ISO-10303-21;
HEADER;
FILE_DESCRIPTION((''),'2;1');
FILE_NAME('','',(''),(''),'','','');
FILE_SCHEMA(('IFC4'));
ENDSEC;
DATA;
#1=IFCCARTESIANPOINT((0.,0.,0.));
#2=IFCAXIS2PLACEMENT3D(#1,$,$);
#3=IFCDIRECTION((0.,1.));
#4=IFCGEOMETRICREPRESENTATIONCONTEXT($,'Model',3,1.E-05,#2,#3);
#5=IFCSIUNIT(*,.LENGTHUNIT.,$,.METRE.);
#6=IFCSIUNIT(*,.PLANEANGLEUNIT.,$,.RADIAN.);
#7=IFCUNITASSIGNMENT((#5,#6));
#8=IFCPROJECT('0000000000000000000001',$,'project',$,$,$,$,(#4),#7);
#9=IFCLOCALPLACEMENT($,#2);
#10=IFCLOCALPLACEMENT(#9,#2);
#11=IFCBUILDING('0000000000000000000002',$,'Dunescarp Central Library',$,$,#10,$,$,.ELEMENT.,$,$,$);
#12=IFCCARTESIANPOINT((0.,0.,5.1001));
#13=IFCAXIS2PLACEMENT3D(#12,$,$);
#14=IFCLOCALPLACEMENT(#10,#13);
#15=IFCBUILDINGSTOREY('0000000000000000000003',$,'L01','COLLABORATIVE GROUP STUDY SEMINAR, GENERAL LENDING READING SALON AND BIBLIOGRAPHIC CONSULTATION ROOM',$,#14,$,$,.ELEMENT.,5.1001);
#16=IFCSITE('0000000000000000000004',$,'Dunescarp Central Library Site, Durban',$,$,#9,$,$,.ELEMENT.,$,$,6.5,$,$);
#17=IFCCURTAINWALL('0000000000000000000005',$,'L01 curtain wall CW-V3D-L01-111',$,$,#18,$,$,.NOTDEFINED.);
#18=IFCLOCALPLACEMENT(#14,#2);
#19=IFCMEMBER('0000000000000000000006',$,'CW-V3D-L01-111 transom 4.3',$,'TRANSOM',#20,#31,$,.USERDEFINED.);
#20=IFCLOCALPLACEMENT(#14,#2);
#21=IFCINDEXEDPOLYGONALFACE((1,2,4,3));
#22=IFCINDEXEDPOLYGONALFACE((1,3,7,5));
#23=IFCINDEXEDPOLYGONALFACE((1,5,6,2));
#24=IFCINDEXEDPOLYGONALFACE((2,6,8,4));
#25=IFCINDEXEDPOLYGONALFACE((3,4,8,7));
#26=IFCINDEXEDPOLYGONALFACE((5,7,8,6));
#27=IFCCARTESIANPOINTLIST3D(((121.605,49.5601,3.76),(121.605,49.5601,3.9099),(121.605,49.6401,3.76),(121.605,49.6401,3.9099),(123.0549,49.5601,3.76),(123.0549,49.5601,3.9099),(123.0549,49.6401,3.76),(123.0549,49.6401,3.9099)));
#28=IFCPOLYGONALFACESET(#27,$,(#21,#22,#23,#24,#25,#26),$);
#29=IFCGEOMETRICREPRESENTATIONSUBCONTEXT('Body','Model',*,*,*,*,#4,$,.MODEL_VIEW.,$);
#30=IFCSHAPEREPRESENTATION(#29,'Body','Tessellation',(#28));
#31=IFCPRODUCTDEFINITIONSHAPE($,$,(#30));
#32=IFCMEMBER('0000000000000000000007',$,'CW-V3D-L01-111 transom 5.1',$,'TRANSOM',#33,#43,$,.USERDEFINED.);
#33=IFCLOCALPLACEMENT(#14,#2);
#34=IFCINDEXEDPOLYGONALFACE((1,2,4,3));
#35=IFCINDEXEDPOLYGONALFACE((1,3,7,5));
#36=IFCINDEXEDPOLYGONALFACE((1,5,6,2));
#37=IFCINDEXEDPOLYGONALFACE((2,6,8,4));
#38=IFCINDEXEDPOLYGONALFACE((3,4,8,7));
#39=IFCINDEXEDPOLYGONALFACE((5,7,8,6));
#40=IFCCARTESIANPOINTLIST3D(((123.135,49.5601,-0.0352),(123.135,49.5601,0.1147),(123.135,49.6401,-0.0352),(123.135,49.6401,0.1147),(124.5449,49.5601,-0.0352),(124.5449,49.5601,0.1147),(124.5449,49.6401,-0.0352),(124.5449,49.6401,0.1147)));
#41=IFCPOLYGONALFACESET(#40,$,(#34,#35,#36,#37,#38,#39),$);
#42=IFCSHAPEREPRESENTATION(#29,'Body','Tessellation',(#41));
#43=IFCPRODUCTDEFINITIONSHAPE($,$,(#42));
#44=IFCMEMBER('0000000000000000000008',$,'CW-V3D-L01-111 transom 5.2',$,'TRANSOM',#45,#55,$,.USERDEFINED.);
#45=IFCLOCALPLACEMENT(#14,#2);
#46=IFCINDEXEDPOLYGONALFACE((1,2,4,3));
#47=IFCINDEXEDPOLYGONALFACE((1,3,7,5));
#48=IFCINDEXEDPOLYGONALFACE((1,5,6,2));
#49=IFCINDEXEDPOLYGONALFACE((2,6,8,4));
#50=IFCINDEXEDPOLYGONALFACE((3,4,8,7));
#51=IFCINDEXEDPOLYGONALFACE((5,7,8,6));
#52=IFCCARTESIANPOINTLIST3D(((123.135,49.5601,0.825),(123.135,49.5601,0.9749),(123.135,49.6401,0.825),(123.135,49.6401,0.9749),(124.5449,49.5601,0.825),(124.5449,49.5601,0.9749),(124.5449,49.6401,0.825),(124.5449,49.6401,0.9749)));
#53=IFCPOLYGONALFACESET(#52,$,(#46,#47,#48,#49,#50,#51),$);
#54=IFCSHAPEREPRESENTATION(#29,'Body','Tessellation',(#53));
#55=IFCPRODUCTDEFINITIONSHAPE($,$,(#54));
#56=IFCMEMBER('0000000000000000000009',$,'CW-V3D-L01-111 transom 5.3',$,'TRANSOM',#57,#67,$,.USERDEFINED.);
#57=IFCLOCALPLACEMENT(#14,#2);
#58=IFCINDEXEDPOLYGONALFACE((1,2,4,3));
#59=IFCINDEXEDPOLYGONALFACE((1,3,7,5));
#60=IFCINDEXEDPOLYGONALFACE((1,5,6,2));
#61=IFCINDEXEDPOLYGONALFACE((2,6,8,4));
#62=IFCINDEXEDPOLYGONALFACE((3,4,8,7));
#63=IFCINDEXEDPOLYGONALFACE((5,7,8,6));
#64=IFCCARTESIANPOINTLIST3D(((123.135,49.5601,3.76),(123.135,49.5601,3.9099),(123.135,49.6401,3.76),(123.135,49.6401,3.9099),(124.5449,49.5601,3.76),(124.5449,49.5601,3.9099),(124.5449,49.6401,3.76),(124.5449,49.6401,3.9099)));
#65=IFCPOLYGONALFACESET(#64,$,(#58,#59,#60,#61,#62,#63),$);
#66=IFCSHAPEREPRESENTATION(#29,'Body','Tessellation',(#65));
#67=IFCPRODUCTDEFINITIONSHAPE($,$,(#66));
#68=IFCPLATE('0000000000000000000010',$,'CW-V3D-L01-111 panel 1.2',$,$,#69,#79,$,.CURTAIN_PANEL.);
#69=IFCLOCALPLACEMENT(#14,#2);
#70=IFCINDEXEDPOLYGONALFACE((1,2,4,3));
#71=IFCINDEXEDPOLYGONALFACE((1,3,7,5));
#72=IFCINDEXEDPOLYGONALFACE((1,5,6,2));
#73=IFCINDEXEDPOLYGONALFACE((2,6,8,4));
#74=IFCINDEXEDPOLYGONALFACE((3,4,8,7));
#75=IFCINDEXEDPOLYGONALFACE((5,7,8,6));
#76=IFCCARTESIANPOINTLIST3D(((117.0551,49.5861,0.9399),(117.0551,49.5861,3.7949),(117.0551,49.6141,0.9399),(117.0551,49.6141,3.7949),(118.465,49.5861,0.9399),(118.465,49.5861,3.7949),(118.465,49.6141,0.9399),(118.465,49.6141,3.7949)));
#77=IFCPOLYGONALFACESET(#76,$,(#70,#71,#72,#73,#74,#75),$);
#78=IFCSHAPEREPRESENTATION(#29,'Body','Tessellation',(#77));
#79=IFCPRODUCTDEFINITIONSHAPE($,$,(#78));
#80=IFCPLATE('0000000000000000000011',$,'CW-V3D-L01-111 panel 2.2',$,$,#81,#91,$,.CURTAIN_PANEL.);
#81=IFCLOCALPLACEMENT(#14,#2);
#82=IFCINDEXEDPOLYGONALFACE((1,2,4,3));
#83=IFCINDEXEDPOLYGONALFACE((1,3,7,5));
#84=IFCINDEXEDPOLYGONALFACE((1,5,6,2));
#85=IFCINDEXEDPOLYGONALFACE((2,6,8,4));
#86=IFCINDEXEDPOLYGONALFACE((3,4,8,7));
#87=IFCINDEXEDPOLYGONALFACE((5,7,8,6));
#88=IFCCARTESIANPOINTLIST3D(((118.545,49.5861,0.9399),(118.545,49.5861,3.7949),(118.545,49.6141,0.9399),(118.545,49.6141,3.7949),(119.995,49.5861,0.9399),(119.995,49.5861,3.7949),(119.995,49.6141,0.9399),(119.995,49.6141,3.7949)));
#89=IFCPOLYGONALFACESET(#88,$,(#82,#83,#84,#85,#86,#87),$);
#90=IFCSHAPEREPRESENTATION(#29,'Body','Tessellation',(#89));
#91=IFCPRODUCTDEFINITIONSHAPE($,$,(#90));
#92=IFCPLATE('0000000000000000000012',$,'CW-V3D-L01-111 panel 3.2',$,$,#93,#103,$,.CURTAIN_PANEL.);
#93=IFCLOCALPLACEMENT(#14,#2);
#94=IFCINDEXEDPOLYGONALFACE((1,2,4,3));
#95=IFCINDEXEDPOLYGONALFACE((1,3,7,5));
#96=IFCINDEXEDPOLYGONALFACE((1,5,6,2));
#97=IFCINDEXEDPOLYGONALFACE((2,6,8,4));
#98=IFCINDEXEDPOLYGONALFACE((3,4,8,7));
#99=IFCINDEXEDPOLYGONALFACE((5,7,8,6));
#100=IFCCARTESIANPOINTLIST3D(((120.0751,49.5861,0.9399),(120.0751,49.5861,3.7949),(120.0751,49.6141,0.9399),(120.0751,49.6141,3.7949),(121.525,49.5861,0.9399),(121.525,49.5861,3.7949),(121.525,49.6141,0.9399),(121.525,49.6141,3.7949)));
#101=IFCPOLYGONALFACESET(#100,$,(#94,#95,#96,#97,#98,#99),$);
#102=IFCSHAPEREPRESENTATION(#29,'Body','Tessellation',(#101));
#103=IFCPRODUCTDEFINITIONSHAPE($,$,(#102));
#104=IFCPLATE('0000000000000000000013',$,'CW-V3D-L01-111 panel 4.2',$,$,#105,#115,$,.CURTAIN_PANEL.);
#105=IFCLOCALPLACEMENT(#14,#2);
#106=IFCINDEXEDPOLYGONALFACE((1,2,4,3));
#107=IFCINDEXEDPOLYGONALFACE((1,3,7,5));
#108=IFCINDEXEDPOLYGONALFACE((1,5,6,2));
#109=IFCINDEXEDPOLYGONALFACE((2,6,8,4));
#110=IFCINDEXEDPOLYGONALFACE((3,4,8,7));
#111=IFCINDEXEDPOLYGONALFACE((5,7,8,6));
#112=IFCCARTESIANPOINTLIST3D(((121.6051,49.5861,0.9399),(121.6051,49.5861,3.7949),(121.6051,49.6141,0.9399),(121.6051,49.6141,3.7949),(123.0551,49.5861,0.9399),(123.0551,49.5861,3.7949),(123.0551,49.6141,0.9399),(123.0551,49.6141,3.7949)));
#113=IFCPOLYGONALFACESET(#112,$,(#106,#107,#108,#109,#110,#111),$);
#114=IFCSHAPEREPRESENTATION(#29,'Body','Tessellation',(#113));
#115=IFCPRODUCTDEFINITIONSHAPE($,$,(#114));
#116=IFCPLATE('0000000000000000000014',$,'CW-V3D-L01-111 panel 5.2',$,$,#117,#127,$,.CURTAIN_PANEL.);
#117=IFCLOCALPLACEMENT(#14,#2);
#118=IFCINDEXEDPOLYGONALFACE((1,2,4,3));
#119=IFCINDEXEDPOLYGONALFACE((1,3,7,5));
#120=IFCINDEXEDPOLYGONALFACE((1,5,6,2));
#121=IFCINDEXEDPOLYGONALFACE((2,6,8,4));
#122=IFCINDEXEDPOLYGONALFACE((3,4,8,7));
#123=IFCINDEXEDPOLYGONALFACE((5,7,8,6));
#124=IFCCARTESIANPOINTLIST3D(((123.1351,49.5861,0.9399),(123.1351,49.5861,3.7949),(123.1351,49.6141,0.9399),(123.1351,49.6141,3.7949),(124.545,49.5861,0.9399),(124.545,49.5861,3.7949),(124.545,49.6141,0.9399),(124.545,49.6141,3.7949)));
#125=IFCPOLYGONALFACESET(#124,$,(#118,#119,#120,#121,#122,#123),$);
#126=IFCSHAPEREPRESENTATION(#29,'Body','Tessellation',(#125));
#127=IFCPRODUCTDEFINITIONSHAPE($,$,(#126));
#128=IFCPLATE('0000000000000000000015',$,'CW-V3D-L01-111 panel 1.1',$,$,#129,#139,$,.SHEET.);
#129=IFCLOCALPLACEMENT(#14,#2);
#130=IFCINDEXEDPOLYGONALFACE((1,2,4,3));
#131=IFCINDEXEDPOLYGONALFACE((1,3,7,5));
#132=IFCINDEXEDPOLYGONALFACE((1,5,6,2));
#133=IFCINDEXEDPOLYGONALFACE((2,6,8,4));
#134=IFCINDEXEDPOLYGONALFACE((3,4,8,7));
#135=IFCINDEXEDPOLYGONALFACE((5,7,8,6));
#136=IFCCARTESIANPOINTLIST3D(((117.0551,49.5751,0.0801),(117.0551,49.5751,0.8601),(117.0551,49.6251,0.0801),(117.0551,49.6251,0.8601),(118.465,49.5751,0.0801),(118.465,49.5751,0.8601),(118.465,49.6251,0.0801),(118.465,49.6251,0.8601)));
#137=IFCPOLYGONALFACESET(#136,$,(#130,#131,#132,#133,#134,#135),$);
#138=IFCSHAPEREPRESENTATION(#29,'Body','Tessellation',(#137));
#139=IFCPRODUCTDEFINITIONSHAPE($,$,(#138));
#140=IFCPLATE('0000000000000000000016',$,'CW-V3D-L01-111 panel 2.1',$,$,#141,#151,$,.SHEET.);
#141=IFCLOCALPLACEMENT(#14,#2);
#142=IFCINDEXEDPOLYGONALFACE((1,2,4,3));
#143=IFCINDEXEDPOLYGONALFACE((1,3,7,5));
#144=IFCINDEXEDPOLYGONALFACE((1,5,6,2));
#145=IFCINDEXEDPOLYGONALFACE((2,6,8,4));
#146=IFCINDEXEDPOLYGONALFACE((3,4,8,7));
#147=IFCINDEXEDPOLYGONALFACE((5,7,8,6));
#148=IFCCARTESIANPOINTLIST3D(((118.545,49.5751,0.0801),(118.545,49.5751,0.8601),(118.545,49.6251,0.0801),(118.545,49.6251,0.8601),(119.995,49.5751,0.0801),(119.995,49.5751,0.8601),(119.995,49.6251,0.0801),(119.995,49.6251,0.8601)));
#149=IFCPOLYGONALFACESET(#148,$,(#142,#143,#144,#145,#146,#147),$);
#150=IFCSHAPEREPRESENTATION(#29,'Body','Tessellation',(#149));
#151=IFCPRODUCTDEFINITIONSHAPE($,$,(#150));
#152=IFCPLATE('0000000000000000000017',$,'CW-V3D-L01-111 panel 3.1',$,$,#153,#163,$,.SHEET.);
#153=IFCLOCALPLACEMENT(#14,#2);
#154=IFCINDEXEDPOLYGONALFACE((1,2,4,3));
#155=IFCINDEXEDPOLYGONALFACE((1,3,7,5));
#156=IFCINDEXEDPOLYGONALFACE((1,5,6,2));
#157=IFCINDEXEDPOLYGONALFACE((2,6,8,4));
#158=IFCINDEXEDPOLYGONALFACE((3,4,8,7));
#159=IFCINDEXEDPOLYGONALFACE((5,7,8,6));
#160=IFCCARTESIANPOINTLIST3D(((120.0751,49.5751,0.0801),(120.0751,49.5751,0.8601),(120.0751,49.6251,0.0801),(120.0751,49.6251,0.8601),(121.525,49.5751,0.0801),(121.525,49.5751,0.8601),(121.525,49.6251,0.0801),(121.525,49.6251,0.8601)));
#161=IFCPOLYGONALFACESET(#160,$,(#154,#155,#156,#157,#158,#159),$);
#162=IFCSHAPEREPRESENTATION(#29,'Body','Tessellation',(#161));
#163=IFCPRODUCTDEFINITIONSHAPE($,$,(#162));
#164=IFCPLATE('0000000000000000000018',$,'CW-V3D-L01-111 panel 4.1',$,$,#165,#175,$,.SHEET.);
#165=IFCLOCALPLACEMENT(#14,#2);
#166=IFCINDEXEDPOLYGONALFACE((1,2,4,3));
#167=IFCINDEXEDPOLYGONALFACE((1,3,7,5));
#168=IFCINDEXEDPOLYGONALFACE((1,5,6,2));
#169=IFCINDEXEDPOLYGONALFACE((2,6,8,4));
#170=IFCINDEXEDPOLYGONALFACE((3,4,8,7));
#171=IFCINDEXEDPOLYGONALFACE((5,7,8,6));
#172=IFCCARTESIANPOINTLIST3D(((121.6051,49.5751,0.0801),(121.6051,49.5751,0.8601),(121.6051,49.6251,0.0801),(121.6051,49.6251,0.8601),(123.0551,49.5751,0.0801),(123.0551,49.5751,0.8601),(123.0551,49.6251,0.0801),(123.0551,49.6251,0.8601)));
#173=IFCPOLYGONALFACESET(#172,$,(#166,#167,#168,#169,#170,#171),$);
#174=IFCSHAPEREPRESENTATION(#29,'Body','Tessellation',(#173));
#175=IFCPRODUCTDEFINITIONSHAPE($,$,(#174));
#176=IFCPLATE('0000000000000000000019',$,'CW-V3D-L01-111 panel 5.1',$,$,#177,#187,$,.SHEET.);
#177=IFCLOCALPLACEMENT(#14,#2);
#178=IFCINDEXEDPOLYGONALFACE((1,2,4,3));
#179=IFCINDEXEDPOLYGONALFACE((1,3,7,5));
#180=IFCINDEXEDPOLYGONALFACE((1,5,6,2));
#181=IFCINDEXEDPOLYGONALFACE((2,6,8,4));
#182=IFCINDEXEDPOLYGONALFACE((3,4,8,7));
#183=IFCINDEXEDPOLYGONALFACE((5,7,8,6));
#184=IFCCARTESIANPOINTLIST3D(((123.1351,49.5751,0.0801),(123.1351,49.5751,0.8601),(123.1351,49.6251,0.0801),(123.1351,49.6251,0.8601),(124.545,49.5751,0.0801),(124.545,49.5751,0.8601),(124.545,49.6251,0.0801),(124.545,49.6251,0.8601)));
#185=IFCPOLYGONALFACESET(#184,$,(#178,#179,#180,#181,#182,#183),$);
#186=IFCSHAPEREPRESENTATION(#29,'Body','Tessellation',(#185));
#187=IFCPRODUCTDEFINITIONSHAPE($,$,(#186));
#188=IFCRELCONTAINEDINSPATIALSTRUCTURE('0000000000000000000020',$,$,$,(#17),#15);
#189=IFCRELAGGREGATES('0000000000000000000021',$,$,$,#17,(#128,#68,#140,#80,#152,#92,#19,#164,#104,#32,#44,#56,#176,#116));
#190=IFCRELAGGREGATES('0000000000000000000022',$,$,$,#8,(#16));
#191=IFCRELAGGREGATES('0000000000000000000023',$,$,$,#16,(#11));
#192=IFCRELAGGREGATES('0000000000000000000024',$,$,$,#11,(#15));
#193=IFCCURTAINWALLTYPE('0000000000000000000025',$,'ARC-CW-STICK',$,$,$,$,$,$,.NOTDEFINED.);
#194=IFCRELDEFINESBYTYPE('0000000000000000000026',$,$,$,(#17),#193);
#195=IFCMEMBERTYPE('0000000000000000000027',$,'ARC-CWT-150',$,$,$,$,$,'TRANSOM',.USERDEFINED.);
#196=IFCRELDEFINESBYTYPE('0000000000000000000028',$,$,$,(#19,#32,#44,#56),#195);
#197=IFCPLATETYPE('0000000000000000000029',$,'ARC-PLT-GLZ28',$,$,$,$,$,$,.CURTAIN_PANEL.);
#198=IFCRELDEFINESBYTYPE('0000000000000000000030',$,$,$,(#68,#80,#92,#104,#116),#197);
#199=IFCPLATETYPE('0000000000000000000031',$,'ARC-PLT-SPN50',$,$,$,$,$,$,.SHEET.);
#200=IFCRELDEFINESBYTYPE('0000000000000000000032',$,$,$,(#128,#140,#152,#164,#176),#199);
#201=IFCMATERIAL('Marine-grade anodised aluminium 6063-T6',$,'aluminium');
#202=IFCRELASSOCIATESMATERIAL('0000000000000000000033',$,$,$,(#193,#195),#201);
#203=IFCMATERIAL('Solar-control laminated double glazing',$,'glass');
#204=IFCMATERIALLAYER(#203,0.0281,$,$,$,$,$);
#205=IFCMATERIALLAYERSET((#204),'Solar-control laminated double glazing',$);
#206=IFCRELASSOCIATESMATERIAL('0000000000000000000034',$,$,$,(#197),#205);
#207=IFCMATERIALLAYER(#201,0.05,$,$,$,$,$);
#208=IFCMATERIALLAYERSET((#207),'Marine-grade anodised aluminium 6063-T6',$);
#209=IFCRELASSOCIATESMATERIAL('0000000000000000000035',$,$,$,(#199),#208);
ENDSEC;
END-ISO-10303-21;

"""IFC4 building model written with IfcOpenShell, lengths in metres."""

from ifc_helpers import new_model, si_unit, direction, frame, origin, origin_2d, place, context, subcontext, project, spatial, rectangle, extrude, material, layer, layer_set, material_profile, profile_set, type_object, element, aggregate, save


model = new_model("IFC4")

# Units and contexts
model_context = context("Model", 3, precision=1e-05, world=origin(), true_north=direction((0.0, 1.0)))
body_context = subcontext(model_context, "Body", "Model", "MODEL_VIEW")
ifc_project = project(units=[si_unit("LENGTHUNIT", "METRE"), si_unit("PLANEANGLEUNIT", "RADIAN")], contexts=[model_context])

# Site, building, storey
site_placement = place(None, origin())
site = spatial("IfcSite", under=ifc_project, at=site_placement, Name="Dunescarp Central Library Site, Durban", CompositionType="ELEMENT", RefElevation=6.5)
building_placement = place(site_placement, origin())
building = spatial("IfcBuilding", under=site, at=building_placement, Name="Dunescarp Central Library", CompositionType="ELEMENT")
storey_placement = place(building_placement, frame((0.0, 0.0, 5.1001)))
storey = spatial("IfcBuildingStorey", under=building, at=storey_placement, Name="L01", Description="COLLABORATIVE GROUP STUDY SEMINAR, GENERAL LENDING READING SALON AND BIBLIOGRAPHIC CONSULTATION ROOM", CompositionType="ELEMENT", Elevation=5.1001)

# Curtain wall, members, plates
ifc_material_1 = material(Name="Marine-grade anodised aluminium 6063-T6", Category="aluminium")
curtain_wall_type = type_object("IfcCurtainWallType", Name="ARC-CW-STICK", PredefinedType="NOTDEFINED", material=ifc_material_1)
curtain_wall_placement = place(storey_placement, origin())
curtain_wall = element("IfcCurtainWall", 1, at=curtain_wall_placement, inside=storey, type_object=curtain_wall_type, Name="L01 curtain wall CW-V3D-L01-111", PredefinedType="NOTDEFINED")
ifc_material_profile_1 = material_profile(ifc_material_1, rectangle(XDim=0.0801, YDim=0.1499, at=origin_2d()), Name="AL 80x150")
ifc_profile_set_1 = profile_set([ifc_material_profile_1], Name="Marine-grade anodised aluminium 6063-T6")
member_type_1 = type_object("IfcMemberType", Name="ARC-CWT-150", ElementType="TRANSOM", PredefinedType="USERDEFINED", material=ifc_profile_set_1)
member_1_placement = place(storey_placement, frame((121.605, 49.6001, 3.835), z_axis=(1.0, 0.0, 0.0), x_axis=(0.0, 1.0, 0.0)))
member_1 = element("IfcMember", 2, at=member_1_placement, type_object=member_type_1, Name="CW-V3D-L01-111 transom 4.3", ObjectType="TRANSOM", PredefinedType="USERDEFINED", context=body_context, shape_type="SweptSolid", body=[
    extrude(rectangle(XDim=0.0801, YDim=0.1499, at=origin_2d()), origin(), (0.0, 0.0, 1.0), 1.45),
])
member_2_placement = place(storey_placement, frame((123.135, 49.6001, 0.0398), z_axis=(1.0, 0.0, 0.0), x_axis=(0.0, 1.0, 0.0)))
member_2 = element("IfcMember", 3, at=member_2_placement, type_object=member_type_1, Name="CW-V3D-L01-111 transom 5.1", ObjectType="TRANSOM", PredefinedType="USERDEFINED", context=body_context, shape_type="SweptSolid", body=[
    extrude(rectangle(XDim=0.0801, YDim=0.1499, at=origin_2d()), origin(), (0.0, 0.0, 1.0), 1.4099),
])
member_3_placement = place(storey_placement, frame((123.135, 49.6001, 0.8999), z_axis=(1.0, 0.0, 0.0), x_axis=(0.0, 1.0, 0.0)))
member_3 = element("IfcMember", 4, at=member_3_placement, type_object=member_type_1, Name="CW-V3D-L01-111 transom 5.2", ObjectType="TRANSOM", PredefinedType="USERDEFINED", context=body_context, shape_type="SweptSolid", body=[
    extrude(rectangle(XDim=0.0801, YDim=0.1499, at=origin_2d()), origin(), (0.0, 0.0, 1.0), 1.4099),
])
member_4_placement = place(storey_placement, frame((123.135, 49.6001, 3.835), z_axis=(1.0, 0.0, 0.0), x_axis=(0.0, 1.0, 0.0)))
member_4 = element("IfcMember", 5, at=member_4_placement, type_object=member_type_1, Name="CW-V3D-L01-111 transom 5.3", ObjectType="TRANSOM", PredefinedType="USERDEFINED", context=body_context, shape_type="SweptSolid", body=[
    extrude(rectangle(XDim=0.0801, YDim=0.1499, at=origin_2d()), origin(), (0.0, 0.0, 1.0), 1.4099),
])
ifc_material_2 = material(Name="Solar-control laminated double glazing", Category="glass")
ifc_layer_1 = layer(ifc_material_2, 0.0281)
ifc_layer_set_1 = layer_set([ifc_layer_1], Name="Solar-control laminated double glazing")
plate_type_1 = type_object("IfcPlateType", Name="ARC-PLT-GLZ28", PredefinedType="CURTAIN_PANEL", material=ifc_layer_set_1)
plate_1_placement = place(storey_placement, frame((117.76, 49.6001, 0.9399), z_axis=(0.0, 0.0, 1.0), x_axis=(1.0, 0.0, 0.0)))
plate_1 = element("IfcPlate", 6, at=plate_1_placement, type_object=plate_type_1, Name="CW-V3D-L01-111 panel 1.2", PredefinedType="CURTAIN_PANEL", context=body_context, shape_type="SweptSolid", body=[
    extrude(rectangle(XDim=1.4099, YDim=0.0281, at=origin_2d()), origin(), (0.0, 0.0, 1.0), 2.855),
])
plate_2_placement = place(storey_placement, frame((119.27, 49.6001, 0.9399), z_axis=(0.0, 0.0, 1.0), x_axis=(1.0, 0.0, 0.0)))
plate_2 = element("IfcPlate", 7, at=plate_2_placement, type_object=plate_type_1, Name="CW-V3D-L01-111 panel 2.2", PredefinedType="CURTAIN_PANEL", context=body_context, shape_type="SweptSolid", body=[
    extrude(rectangle(XDim=1.45, YDim=0.0281, at=origin_2d()), origin(), (0.0, 0.0, 1.0), 2.855),
])
plate_3_placement = place(storey_placement, frame((120.8, 49.6001, 0.9399), z_axis=(0.0, 0.0, 1.0), x_axis=(1.0, 0.0, 0.0)))
plate_3 = element("IfcPlate", 8, at=plate_3_placement, type_object=plate_type_1, Name="CW-V3D-L01-111 panel 3.2", PredefinedType="CURTAIN_PANEL", context=body_context, shape_type="SweptSolid", body=[
    extrude(rectangle(XDim=1.45, YDim=0.0281, at=origin_2d()), origin(), (0.0, 0.0, 1.0), 2.855),
])
plate_4_placement = place(storey_placement, frame((122.3301, 49.6001, 0.9399), z_axis=(0.0, 0.0, 1.0), x_axis=(1.0, 0.0, 0.0)))
plate_4 = element("IfcPlate", 9, at=plate_4_placement, type_object=plate_type_1, Name="CW-V3D-L01-111 panel 4.2", PredefinedType="CURTAIN_PANEL", context=body_context, shape_type="SweptSolid", body=[
    extrude(rectangle(XDim=1.45, YDim=0.0281, at=origin_2d()), origin(), (0.0, 0.0, 1.0), 2.855),
])
plate_5_placement = place(storey_placement, frame((123.8401, 49.6001, 0.9399), z_axis=(0.0, 0.0, 1.0), x_axis=(1.0, 0.0, 0.0)))
plate_5 = element("IfcPlate", 10, at=plate_5_placement, type_object=plate_type_1, Name="CW-V3D-L01-111 panel 5.2", PredefinedType="CURTAIN_PANEL", context=body_context, shape_type="SweptSolid", body=[
    extrude(rectangle(XDim=1.4099, YDim=0.0281, at=origin_2d()), origin(), (0.0, 0.0, 1.0), 2.855),
])
ifc_layer_2 = layer(ifc_material_1, 0.05)
ifc_layer_set_2 = layer_set([ifc_layer_2], Name="Marine-grade anodised aluminium 6063-T6")
plate_type_2 = type_object("IfcPlateType", Name="ARC-PLT-SPN50", PredefinedType="SHEET", material=ifc_layer_set_2)
plate_6_placement = place(storey_placement, frame((117.76, 49.6001, 0.0801), z_axis=(0.0, 0.0, 1.0), x_axis=(1.0, 0.0, 0.0)))
plate_6 = element("IfcPlate", 11, at=plate_6_placement, type_object=plate_type_2, Name="CW-V3D-L01-111 panel 1.1", PredefinedType="SHEET", context=body_context, shape_type="SweptSolid", body=[
    extrude(rectangle(XDim=1.4099, YDim=0.05, at=origin_2d()), origin(), (0.0, 0.0, 1.0), 0.78),
])
plate_7_placement = place(storey_placement, frame((119.27, 49.6001, 0.0801), z_axis=(0.0, 0.0, 1.0), x_axis=(1.0, 0.0, 0.0)))
plate_7 = element("IfcPlate", 12, at=plate_7_placement, type_object=plate_type_2, Name="CW-V3D-L01-111 panel 2.1", PredefinedType="SHEET", context=body_context, shape_type="SweptSolid", body=[
    extrude(rectangle(XDim=1.45, YDim=0.05, at=origin_2d()), origin(), (0.0, 0.0, 1.0), 0.78),
])
plate_8_placement = place(storey_placement, frame((120.8, 49.6001, 0.0801), z_axis=(0.0, 0.0, 1.0), x_axis=(1.0, 0.0, 0.0)))
plate_8 = element("IfcPlate", 13, at=plate_8_placement, type_object=plate_type_2, Name="CW-V3D-L01-111 panel 3.1", PredefinedType="SHEET", context=body_context, shape_type="SweptSolid", body=[
    extrude(rectangle(XDim=1.45, YDim=0.05, at=origin_2d()), origin(), (0.0, 0.0, 1.0), 0.78),
])
plate_9_placement = place(storey_placement, frame((122.3301, 49.6001, 0.0801), z_axis=(0.0, 0.0, 1.0), x_axis=(1.0, 0.0, 0.0)))
plate_9 = element("IfcPlate", 14, at=plate_9_placement, type_object=plate_type_2, Name="CW-V3D-L01-111 panel 4.1", PredefinedType="SHEET", context=body_context, shape_type="SweptSolid", body=[
    extrude(rectangle(XDim=1.45, YDim=0.05, at=origin_2d()), origin(), (0.0, 0.0, 1.0), 0.78),
])
plate_10_placement = place(storey_placement, frame((123.8401, 49.6001, 0.0801), z_axis=(0.0, 0.0, 1.0), x_axis=(1.0, 0.0, 0.0)))
plate_10 = element("IfcPlate", 15, at=plate_10_placement, type_object=plate_type_2, Name="CW-V3D-L01-111 panel 5.1", PredefinedType="SHEET", context=body_context, shape_type="SweptSolid", body=[
    extrude(rectangle(XDim=1.4099, YDim=0.05, at=origin_2d()), origin(), (0.0, 0.0, 1.0), 0.78),
])
aggregate(curtain_wall, [plate_6, plate_1, plate_7, plate_2, plate_8, plate_3, member_1, plate_9, plate_4, member_2, member_3, member_4, plate_10, plate_5])

save(model, "model.ifc")
